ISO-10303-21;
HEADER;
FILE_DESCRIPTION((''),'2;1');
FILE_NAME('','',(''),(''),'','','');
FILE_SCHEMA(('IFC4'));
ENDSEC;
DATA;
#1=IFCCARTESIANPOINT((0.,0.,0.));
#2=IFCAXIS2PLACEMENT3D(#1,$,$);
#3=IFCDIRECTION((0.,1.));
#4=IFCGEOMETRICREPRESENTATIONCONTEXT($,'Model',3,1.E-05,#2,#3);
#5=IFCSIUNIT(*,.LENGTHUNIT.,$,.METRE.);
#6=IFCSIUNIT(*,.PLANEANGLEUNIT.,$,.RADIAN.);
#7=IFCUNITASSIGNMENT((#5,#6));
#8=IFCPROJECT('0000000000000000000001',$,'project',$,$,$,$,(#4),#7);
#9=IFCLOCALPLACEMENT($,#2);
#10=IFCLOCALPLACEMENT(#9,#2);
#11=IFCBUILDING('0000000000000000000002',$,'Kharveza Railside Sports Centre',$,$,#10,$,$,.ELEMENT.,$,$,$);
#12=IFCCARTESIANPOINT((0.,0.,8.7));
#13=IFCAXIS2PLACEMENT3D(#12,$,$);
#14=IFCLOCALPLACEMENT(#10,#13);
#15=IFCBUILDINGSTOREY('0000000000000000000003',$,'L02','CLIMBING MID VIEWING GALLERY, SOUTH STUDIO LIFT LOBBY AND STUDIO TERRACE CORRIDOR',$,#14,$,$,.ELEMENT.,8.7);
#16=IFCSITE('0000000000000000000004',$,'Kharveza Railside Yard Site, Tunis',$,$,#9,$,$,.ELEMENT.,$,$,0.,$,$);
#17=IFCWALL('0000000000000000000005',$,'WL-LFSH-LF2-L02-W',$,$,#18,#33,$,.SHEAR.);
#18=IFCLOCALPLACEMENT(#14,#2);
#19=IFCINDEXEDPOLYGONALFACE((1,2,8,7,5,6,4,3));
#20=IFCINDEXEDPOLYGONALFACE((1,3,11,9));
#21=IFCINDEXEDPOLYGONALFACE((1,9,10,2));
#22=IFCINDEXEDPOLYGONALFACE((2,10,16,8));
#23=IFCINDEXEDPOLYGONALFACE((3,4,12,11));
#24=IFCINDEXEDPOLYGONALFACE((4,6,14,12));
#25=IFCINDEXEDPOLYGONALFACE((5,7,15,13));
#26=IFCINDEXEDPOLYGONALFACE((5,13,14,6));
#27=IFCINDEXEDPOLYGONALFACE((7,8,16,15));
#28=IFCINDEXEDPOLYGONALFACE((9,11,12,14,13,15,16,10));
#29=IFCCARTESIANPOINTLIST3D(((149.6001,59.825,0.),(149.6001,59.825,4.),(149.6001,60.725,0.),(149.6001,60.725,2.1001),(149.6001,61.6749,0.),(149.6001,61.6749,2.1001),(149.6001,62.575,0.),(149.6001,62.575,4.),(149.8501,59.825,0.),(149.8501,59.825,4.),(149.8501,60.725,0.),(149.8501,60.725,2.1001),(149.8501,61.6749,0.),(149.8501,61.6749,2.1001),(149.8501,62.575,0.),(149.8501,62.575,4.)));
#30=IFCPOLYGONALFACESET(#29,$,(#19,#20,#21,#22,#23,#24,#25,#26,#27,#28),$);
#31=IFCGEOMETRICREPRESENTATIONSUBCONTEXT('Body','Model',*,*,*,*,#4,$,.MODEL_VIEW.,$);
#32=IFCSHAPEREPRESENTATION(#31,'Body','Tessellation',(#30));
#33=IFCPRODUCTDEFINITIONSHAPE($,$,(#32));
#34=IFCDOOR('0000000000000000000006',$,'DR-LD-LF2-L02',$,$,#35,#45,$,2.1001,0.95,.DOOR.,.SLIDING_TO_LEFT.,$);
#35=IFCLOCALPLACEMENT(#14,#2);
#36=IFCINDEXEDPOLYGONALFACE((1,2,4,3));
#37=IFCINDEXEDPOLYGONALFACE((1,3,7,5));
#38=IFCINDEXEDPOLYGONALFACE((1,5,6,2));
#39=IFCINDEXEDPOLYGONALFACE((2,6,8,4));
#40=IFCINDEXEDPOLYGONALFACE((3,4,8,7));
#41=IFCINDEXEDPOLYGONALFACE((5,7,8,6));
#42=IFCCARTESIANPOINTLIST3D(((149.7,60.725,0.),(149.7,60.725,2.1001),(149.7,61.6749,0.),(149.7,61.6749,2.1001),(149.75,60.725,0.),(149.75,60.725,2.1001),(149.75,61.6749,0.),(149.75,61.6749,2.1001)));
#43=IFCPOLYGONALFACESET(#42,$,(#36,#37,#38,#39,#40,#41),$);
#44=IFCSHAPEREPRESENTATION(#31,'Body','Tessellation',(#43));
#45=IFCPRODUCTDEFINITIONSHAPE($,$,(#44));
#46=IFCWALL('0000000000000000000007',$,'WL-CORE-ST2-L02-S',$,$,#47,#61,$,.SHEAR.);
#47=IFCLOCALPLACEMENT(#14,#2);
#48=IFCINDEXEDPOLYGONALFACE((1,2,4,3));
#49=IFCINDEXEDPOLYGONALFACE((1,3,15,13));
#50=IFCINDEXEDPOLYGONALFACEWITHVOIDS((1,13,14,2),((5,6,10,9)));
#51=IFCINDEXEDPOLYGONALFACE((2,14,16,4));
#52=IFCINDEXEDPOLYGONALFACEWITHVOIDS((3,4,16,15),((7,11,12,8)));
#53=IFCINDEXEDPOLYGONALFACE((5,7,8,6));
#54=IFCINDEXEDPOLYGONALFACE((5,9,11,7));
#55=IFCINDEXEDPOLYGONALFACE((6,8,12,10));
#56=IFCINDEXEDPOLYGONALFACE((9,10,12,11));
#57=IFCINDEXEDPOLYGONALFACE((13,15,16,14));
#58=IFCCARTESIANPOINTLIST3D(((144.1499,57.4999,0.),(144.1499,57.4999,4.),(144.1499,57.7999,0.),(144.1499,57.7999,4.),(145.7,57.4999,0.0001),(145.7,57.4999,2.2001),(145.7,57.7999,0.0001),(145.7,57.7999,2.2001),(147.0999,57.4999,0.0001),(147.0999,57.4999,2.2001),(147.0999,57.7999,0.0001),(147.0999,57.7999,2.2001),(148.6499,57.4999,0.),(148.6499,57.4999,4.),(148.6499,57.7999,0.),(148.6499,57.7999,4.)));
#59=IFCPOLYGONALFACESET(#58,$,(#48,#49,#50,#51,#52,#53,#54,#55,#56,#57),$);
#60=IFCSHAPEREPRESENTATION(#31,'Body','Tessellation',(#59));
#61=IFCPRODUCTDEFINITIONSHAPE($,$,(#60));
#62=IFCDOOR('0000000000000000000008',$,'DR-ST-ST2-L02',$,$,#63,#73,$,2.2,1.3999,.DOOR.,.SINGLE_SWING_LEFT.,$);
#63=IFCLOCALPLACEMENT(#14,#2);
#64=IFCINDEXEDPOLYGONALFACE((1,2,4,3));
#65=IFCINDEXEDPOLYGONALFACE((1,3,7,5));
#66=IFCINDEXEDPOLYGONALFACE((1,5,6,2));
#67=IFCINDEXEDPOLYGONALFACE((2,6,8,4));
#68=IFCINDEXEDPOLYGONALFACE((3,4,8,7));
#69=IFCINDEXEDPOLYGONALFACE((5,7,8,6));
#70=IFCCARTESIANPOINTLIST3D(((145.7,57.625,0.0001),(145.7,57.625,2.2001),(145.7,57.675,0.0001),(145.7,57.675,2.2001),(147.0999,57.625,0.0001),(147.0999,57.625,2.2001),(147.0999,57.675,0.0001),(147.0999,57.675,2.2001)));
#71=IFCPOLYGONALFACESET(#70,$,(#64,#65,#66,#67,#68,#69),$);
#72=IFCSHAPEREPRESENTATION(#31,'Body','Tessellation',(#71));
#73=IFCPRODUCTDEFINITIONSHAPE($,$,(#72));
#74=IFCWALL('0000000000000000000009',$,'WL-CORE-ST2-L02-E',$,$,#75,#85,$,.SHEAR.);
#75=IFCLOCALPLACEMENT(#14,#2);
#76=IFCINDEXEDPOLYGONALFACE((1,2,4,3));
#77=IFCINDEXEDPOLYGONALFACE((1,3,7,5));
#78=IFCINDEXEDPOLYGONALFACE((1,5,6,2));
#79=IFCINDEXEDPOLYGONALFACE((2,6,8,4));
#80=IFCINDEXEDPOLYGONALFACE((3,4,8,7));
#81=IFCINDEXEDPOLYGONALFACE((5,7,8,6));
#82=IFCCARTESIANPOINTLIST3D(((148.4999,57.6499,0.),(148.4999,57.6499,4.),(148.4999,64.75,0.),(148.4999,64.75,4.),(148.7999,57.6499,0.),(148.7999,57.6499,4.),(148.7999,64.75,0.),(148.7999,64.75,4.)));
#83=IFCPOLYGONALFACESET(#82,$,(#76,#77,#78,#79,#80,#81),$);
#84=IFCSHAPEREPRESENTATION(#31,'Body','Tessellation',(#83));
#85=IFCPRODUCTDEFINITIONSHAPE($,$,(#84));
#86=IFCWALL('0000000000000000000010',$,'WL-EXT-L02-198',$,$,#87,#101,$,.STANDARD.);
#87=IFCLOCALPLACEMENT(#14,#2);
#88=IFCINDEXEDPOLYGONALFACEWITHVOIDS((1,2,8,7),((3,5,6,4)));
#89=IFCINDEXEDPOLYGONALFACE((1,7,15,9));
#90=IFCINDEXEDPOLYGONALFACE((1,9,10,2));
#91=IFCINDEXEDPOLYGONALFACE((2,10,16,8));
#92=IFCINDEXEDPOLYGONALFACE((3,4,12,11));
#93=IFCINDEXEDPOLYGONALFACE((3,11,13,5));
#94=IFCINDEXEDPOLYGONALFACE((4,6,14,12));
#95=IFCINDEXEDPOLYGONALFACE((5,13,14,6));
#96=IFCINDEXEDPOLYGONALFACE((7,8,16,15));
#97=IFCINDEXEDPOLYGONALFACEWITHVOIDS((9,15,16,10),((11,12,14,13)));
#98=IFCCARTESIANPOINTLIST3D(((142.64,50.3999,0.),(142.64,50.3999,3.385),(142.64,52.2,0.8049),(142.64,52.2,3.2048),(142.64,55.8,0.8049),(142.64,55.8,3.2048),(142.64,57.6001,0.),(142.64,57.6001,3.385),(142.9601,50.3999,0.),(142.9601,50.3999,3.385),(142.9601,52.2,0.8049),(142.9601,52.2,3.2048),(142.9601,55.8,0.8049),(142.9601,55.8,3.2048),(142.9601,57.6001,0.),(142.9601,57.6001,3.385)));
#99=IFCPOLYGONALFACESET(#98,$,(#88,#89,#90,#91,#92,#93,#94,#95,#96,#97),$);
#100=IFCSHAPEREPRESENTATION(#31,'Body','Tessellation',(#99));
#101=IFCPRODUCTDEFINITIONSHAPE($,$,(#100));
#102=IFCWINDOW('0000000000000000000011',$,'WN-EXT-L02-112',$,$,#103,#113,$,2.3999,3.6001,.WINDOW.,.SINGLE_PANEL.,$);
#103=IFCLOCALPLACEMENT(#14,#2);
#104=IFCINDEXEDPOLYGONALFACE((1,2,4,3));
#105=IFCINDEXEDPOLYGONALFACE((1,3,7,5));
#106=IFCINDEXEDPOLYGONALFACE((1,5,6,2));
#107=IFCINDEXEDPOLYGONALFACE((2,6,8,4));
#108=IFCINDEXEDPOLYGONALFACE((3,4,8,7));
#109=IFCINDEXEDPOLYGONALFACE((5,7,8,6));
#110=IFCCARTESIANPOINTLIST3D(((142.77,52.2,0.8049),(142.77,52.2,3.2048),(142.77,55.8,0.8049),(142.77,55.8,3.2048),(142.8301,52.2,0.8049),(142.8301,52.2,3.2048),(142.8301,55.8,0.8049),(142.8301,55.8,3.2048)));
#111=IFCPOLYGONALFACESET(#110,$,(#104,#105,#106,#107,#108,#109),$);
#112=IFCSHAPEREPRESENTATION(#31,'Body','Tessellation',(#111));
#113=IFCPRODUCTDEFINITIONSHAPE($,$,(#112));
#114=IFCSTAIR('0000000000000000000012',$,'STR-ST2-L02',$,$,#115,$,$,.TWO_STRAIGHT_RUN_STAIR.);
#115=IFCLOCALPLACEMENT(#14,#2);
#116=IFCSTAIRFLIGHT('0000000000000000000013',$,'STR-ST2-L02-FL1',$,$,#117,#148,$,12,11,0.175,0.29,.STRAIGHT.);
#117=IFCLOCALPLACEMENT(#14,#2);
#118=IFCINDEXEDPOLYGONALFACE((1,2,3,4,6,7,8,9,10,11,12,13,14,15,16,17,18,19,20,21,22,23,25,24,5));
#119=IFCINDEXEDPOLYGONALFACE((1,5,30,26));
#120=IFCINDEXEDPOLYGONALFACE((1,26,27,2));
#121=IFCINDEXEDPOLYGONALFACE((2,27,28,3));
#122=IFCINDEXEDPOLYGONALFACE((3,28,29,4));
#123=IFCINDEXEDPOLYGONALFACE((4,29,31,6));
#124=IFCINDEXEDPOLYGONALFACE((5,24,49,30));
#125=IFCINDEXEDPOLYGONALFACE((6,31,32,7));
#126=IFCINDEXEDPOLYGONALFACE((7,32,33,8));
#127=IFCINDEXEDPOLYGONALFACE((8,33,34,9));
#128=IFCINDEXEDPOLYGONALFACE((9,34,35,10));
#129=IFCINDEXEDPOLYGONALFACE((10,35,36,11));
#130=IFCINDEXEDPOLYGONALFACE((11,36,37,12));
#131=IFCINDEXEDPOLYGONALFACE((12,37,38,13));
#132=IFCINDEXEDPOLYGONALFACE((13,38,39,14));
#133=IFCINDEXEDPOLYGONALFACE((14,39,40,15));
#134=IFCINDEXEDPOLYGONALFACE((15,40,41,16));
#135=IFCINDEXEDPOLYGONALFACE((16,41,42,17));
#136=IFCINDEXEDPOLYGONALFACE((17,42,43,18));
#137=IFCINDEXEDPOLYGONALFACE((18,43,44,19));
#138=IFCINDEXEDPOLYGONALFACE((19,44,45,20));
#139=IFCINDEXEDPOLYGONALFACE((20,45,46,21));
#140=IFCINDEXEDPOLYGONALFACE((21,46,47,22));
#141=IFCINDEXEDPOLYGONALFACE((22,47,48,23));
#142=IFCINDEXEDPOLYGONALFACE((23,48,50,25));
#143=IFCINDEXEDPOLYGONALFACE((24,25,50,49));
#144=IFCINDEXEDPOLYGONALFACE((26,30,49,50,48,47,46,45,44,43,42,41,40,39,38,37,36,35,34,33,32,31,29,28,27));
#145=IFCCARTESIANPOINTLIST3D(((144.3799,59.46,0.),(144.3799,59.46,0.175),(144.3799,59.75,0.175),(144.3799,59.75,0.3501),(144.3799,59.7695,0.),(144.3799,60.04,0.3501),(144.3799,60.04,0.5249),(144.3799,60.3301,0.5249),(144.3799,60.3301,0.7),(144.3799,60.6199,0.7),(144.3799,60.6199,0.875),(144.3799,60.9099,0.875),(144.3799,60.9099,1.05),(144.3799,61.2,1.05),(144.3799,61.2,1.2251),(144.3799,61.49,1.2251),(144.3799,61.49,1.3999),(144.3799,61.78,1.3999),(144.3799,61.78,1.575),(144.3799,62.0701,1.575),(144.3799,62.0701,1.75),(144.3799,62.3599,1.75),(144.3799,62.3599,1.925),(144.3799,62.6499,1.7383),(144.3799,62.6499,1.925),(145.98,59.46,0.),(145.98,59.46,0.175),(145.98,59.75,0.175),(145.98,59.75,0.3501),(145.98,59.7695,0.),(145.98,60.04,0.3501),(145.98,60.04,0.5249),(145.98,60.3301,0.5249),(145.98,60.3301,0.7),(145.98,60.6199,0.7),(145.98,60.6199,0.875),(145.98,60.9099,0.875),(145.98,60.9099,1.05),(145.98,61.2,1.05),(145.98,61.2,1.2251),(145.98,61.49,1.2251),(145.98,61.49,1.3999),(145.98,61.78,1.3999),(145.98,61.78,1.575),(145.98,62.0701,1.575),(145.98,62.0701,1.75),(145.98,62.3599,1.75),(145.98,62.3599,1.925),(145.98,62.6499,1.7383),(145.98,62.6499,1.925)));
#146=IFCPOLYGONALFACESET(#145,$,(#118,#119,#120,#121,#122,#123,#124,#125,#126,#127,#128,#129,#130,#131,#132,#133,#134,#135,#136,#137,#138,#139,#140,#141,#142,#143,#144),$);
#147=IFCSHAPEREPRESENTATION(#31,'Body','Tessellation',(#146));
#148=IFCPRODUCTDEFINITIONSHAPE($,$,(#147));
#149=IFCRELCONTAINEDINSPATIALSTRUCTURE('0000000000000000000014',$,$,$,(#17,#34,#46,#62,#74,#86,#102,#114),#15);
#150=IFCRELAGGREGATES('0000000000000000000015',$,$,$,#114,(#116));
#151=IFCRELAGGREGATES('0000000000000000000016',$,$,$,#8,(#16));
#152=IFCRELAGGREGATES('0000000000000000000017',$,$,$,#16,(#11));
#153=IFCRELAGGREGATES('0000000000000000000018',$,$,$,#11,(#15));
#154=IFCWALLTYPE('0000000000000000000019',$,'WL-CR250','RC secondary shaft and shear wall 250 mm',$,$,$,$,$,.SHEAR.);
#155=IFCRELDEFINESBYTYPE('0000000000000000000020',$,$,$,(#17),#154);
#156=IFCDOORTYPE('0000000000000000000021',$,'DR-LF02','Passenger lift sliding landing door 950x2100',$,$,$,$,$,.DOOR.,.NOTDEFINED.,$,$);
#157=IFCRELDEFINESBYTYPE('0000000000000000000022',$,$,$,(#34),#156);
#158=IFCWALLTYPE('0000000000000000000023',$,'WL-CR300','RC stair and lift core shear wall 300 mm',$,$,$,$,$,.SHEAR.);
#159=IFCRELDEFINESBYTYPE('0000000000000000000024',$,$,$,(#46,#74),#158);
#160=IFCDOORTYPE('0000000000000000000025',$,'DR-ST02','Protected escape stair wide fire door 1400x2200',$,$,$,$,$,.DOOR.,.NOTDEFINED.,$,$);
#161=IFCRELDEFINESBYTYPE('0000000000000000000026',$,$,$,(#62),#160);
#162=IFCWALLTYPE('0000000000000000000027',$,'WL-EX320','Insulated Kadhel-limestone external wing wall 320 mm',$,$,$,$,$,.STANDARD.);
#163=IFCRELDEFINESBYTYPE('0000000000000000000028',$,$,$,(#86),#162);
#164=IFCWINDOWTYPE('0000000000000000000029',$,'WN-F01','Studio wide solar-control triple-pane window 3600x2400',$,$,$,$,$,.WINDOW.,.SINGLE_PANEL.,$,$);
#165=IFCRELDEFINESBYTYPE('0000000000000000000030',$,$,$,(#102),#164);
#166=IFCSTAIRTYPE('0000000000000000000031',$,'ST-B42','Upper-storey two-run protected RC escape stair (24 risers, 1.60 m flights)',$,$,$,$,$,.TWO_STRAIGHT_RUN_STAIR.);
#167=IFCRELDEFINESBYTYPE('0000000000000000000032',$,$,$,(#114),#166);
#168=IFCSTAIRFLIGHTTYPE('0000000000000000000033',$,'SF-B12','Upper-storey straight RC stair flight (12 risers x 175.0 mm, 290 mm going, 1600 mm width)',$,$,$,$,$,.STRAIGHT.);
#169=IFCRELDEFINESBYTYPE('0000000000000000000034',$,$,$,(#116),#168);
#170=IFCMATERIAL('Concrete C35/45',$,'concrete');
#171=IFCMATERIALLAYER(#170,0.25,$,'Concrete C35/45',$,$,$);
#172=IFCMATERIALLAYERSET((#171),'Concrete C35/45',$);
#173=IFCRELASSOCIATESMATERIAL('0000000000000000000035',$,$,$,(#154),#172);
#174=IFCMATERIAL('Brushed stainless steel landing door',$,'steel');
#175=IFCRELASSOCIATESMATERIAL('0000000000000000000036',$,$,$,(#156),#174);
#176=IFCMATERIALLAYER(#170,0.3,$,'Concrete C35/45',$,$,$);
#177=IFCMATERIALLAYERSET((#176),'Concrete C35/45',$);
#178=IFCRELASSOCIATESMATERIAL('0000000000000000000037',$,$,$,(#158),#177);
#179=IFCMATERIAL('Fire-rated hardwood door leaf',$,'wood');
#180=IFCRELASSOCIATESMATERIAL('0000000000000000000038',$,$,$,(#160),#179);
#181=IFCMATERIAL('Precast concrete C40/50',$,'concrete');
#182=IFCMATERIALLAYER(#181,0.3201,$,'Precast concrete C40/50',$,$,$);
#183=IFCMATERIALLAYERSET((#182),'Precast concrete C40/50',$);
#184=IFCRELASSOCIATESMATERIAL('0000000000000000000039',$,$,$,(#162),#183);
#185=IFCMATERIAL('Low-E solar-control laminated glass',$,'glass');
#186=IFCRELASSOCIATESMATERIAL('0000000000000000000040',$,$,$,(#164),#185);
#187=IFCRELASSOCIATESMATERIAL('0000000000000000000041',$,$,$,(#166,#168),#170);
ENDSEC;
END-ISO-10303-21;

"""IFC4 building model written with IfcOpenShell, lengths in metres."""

from ifc_helpers import new_model, si_unit, direction, frame, frame_2d, origin, place, context, subcontext, project, spatial, polyline, rectangle, outline, extrude, material, layer, layer_set, type_object, element, fill, aggregate, save


model = new_model("IFC4")

# Units and contexts
model_context = context("Model", 3, precision=1e-05, world=origin(), true_north=direction((0.0, 1.0)))
body_context = subcontext(model_context, "Body", "Model", "MODEL_VIEW")
ifc_project = project(units=[si_unit("LENGTHUNIT", "METRE"), si_unit("PLANEANGLEUNIT", "RADIAN")], contexts=[model_context])

# Site, building, storey
site_placement = place(None, origin())
site = spatial("IfcSite", under=ifc_project, at=site_placement, Name="Kharveza Railside Yard Site, Tunis", CompositionType="ELEMENT", RefElevation=0.0)
building_placement = place(site_placement, origin())
building = spatial("IfcBuilding", under=site, at=building_placement, Name="Kharveza Railside Sports Centre", CompositionType="ELEMENT")
storey_placement = place(building_placement, frame((0.0, 0.0, 8.7)))
storey = spatial("IfcBuildingStorey", under=building, at=storey_placement, Name="L02", Description="CLIMBING MID VIEWING GALLERY, SOUTH STUDIO LIFT LOBBY AND STUDIO TERRACE CORRIDOR", CompositionType="ELEMENT", Elevation=8.7)

# Shared definitions
ifc_material_1 = material(Name="Low-E solar-control laminated glass", Category="glass")

# Shared definitions
ifc_material_2 = material(Name="Concrete C35/45", Category="concrete")
ifc_layer_1 = layer(ifc_material_2, 0.25, Name="Concrete C35/45")
ifc_layer_set_1 = layer_set([ifc_layer_1], Name="Concrete C35/45")
wall_type_1 = type_object("IfcWallType", Name="WL-CR250", Description="RC secondary shaft and shear wall 250 mm", PredefinedType="SHEAR", material=ifc_layer_set_1)

# Walls, openings, doors
wall_1_placement = place(storey_placement, frame((149.7251, 62.575, 0.0), z_axis=(0.0, 0.0, 1.0), x_axis=(0.0, -1.0, 0.0)))
wall_1 = element("IfcWall", 1, at=wall_1_placement, inside=storey, type_object=wall_type_1, Name="WL-LFSH-LF2-L02-W", PredefinedType="SHEAR", context=body_context, shape_type="SweptSolid", body=[
    extrude(rectangle(XDim=2.75, YDim=0.25, at=frame_2d((1.375, 0.0))), origin(), (0.0, 0.0, 1.0), 4.0),
])
opening_1_placement = place(wall_1_placement, frame((0.8999, 0.0, 0.0)))
opening_1 = element("IfcOpeningElement", 2, at=opening_1_placement, cuts=wall_1, PredefinedType="OPENING", context=body_context, shape_type="SweptSolid", body=[
    extrude(rectangle(XDim=0.95, YDim=2.1001, at=frame_2d((0.4751, 1.05))), frame((0.0, 0.1499, 0.0), z_axis=(0.0, -1.0, 0.0), x_axis=(1.0, 0.0, 0.0)), (0.0, 0.0, 1.0), 0.2998),
])
ifc_material_3 = material(Name="Brushed stainless steel landing door", Category="steel")
door_type_1 = type_object("IfcDoorType", Name="DR-LF02", Description="Passenger lift sliding landing door 950x2100", OperationType="NOTDEFINED", PredefinedType="DOOR", material=ifc_material_3)
door_1_placement = place(opening_1_placement, origin())
door_1 = element("IfcDoor", 3, at=door_1_placement, inside=storey, type_object=door_type_1, Name="DR-LD-LF2-L02", OperationType="SLIDING_TO_LEFT", OverallHeight=2.1001, OverallWidth=0.95, PredefinedType="DOOR", context=body_context, shape_type="SweptSolid", body=[
    extrude(rectangle(XDim=0.95, YDim=2.1001, at=frame_2d((0.4751, 1.05))), frame((0.0, 0.0249, 0.0), z_axis=(0.0, -1.0, 0.0), x_axis=(1.0, 0.0, 0.0)), (0.0, 0.0, 1.0), 0.05),
])
fill(opening_1, door_1)
ifc_layer_2 = layer(ifc_material_2, 0.3, Name="Concrete C35/45")
ifc_layer_set_2 = layer_set([ifc_layer_2], Name="Concrete C35/45")
wall_type_2 = type_object("IfcWallType", Name="WL-CR300", Description="RC stair and lift core shear wall 300 mm", PredefinedType="SHEAR", material=ifc_layer_set_2)
wall_2_placement = place(storey_placement, frame((144.1499, 57.6499, 0.0), z_axis=(0.0, 0.0, 1.0), x_axis=(1.0, 0.0, 0.0)))
wall_2 = element("IfcWall", 4, at=wall_2_placement, inside=storey, type_object=wall_type_2, Name="WL-CORE-ST2-L02-S", PredefinedType="SHEAR", context=body_context, shape_type="SweptSolid", body=[
    extrude(rectangle(XDim=4.5, YDim=0.3, at=frame_2d((2.25, 0.0))), origin(), (0.0, 0.0, 1.0), 4.0),
])
opening_2_placement = place(wall_2_placement, frame((1.55, 0.0, 0.0)))
opening_2 = element("IfcOpeningElement", 5, at=opening_2_placement, cuts=wall_2, PredefinedType="OPENING", context=body_context, shape_type="SweptSolid", body=[
    extrude(rectangle(XDim=1.3999, YDim=2.2, at=frame_2d((0.7, 1.1001))), frame((0.0, 0.1748, 0.0), z_axis=(0.0, -1.0, 0.0), x_axis=(1.0, 0.0, 0.0)), (0.0, 0.0, 1.0), 0.3499),
])
ifc_material_4 = material(Name="Fire-rated hardwood door leaf", Category="wood")
door_type_2 = type_object("IfcDoorType", Name="DR-ST02", Description="Protected escape stair wide fire door 1400x2200", OperationType="NOTDEFINED", PredefinedType="DOOR", material=ifc_material_4)
door_2_placement = place(opening_2_placement, frame((1.3999, 0.0, 0.0), z_axis=(0.0, 0.0, 1.0), x_axis=(-1.0, 0.0, 0.0)))
door_2 = element("IfcDoor", 6, at=door_2_placement, inside=storey, type_object=door_type_2, Name="DR-ST-ST2-L02", OperationType="SINGLE_SWING_LEFT", OverallHeight=2.2, OverallWidth=1.3999, PredefinedType="DOOR", context=body_context, shape_type="SweptSolid", body=[
    extrude(rectangle(XDim=1.3999, YDim=2.2, at=frame_2d((0.7, 1.1001))), frame((0.0, 0.0249, 0.0), z_axis=(0.0, -1.0, 0.0), x_axis=(1.0, 0.0, 0.0)), (0.0, 0.0, 1.0), 0.05),
])
fill(opening_2, door_2)

# Wall
wall_3_placement = place(storey_placement, frame((148.6499, 57.6499, 0.0), z_axis=(0.0, 0.0, 1.0), x_axis=(0.0, 1.0, 0.0)))
element("IfcWall", 7, at=wall_3_placement, inside=storey, type_object=wall_type_2, Name="WL-CORE-ST2-L02-E", PredefinedType="SHEAR", context=body_context, shape_type="SweptSolid", body=[
    extrude(rectangle(XDim=7.1001, YDim=0.3, at=frame_2d((3.55, 0.0))), origin(), (0.0, 0.0, 1.0), 4.0),
])

# Wall, opening, window
ifc_material_5 = material(Name="Precast concrete C40/50", Category="concrete")
ifc_layer_3 = layer(ifc_material_5, 0.3201, Name="Precast concrete C40/50")
ifc_layer_set_3 = layer_set([ifc_layer_3], Name="Precast concrete C40/50")
wall_type_3 = type_object("IfcWallType", Name="WL-EX320", Description="Insulated Kadhel-limestone external wing wall 320 mm", PredefinedType="STANDARD", material=ifc_layer_set_3)
wall_4_placement = place(storey_placement, frame((142.8, 57.6001, 0.0), z_axis=(0.0, 0.0, 1.0), x_axis=(0.0, -1.0, 0.0)))
wall_4 = element("IfcWall", 8, at=wall_4_placement, inside=storey, type_object=wall_type_3, Name="WL-EXT-L02-198", PredefinedType="STANDARD", context=body_context, shape_type="SweptSolid", body=[
    extrude(rectangle(XDim=7.2002, YDim=0.3201, at=frame_2d((3.6001, 0.0))), origin(), (0.0, 0.0, 1.0), 3.385),
])
opening_3_placement = place(wall_4_placement, frame((1.8, 0.0, 0.8049)))
opening_3 = element("IfcOpeningElement", 9, at=opening_3_placement, cuts=wall_4, PredefinedType="OPENING", context=body_context, shape_type="SweptSolid", body=[
    extrude(rectangle(XDim=3.6001, YDim=2.3999, at=frame_2d((1.8, 1.2))), frame((0.0, 0.1851, 0.0), z_axis=(0.0, -1.0, 0.0), x_axis=(1.0, 0.0, 0.0)), (0.0, 0.0, 1.0), 0.3699),
])
window_type = type_object("IfcWindowType", Name="WN-F01", Description="Studio wide solar-control triple-pane window 3600x2400", PartitioningType="SINGLE_PANEL", PredefinedType="WINDOW", material=ifc_material_1)
window_placement = place(opening_3_placement, origin())
window = element("IfcWindow", 10, at=window_placement, inside=storey, type_object=window_type, Name="WN-EXT-L02-112", OverallHeight=2.3999, OverallWidth=3.6001, PartitioningType="SINGLE_PANEL", PredefinedType="WINDOW", context=body_context, shape_type="SweptSolid", body=[
    extrude(rectangle(XDim=3.6001, YDim=2.3999, at=frame_2d((1.8, 1.2))), frame((0.0, 0.03, 0.0), z_axis=(0.0, -1.0, 0.0), x_axis=(1.0, 0.0, 0.0)), (0.0, 0.0, 1.0), 0.0601),
])
fill(opening_3, window)

# Stair, stair flight
stair_type = type_object("IfcStairType", Name="ST-B42", Description="Upper-storey two-run protected RC escape stair (24 risers, 1.60 m flights)", PredefinedType="TWO_STRAIGHT_RUN_STAIR", material=ifc_material_2)
stair_placement = place(storey_placement, origin())
stair = element("IfcStair", 11, at=stair_placement, inside=storey, type_object=stair_type, Name="STR-ST2-L02", PredefinedType="TWO_STRAIGHT_RUN_STAIR")
stair_flight_type = type_object("IfcStairFlightType", Name="SF-B12", Description="Upper-storey straight RC stair flight (12 risers x 175.0 mm, 290 mm going, 1600 mm width)", PredefinedType="STRAIGHT", material=ifc_material_2)
stair_flight_1_placement = place(storey_placement, frame((145.1799, 59.46, 0.0), z_axis=(0.0, 0.0, 1.0), x_axis=(0.0, 1.0, 0.0)))
stair_flight_1 = element("IfcStairFlight", 12, at=stair_flight_1_placement, type_object=stair_flight_type, Name="STR-ST2-L02-FL1", NumberOfRisers=12, NumberOfTreads=11, PredefinedType="STRAIGHT", RiserHeight=0.175, TreadLength=0.29, context=body_context, shape_type="SweptSolid", body=[
    extrude(outline(polyline([(0.0, 0.0), (0.0, 0.175), (0.29, 0.175), (0.29, 0.3501), (0.5801, 0.3501), (0.5801, 0.5249), (0.8701, 0.5249), (0.8701, 0.7), (1.1599, 0.7), (1.1599, 0.875), (1.45, 0.875), (1.45, 1.05), (1.74, 1.05), (1.74, 1.2251), (2.03, 1.2251), (2.03, 1.3999), (2.3201, 1.3999), (2.3201, 1.575), (2.6101, 1.575), (2.6101, 1.75), (2.8999, 1.75), (2.8999, 1.925), (3.1899, 1.925), (3.1899, 2.1001), (3.1899, 1.7383), (0.3096, 0.0), (0.0, 0.0)])), frame((0.0, 0.8, 0.0), z_axis=(0.0, -1.0, 0.0), x_axis=(1.0, 0.0, 0.0)), (0.0, 0.0, 1.0), 1.6001),
])
aggregate(stair, [stair_flight_1])

save(model, "model.ifc")
